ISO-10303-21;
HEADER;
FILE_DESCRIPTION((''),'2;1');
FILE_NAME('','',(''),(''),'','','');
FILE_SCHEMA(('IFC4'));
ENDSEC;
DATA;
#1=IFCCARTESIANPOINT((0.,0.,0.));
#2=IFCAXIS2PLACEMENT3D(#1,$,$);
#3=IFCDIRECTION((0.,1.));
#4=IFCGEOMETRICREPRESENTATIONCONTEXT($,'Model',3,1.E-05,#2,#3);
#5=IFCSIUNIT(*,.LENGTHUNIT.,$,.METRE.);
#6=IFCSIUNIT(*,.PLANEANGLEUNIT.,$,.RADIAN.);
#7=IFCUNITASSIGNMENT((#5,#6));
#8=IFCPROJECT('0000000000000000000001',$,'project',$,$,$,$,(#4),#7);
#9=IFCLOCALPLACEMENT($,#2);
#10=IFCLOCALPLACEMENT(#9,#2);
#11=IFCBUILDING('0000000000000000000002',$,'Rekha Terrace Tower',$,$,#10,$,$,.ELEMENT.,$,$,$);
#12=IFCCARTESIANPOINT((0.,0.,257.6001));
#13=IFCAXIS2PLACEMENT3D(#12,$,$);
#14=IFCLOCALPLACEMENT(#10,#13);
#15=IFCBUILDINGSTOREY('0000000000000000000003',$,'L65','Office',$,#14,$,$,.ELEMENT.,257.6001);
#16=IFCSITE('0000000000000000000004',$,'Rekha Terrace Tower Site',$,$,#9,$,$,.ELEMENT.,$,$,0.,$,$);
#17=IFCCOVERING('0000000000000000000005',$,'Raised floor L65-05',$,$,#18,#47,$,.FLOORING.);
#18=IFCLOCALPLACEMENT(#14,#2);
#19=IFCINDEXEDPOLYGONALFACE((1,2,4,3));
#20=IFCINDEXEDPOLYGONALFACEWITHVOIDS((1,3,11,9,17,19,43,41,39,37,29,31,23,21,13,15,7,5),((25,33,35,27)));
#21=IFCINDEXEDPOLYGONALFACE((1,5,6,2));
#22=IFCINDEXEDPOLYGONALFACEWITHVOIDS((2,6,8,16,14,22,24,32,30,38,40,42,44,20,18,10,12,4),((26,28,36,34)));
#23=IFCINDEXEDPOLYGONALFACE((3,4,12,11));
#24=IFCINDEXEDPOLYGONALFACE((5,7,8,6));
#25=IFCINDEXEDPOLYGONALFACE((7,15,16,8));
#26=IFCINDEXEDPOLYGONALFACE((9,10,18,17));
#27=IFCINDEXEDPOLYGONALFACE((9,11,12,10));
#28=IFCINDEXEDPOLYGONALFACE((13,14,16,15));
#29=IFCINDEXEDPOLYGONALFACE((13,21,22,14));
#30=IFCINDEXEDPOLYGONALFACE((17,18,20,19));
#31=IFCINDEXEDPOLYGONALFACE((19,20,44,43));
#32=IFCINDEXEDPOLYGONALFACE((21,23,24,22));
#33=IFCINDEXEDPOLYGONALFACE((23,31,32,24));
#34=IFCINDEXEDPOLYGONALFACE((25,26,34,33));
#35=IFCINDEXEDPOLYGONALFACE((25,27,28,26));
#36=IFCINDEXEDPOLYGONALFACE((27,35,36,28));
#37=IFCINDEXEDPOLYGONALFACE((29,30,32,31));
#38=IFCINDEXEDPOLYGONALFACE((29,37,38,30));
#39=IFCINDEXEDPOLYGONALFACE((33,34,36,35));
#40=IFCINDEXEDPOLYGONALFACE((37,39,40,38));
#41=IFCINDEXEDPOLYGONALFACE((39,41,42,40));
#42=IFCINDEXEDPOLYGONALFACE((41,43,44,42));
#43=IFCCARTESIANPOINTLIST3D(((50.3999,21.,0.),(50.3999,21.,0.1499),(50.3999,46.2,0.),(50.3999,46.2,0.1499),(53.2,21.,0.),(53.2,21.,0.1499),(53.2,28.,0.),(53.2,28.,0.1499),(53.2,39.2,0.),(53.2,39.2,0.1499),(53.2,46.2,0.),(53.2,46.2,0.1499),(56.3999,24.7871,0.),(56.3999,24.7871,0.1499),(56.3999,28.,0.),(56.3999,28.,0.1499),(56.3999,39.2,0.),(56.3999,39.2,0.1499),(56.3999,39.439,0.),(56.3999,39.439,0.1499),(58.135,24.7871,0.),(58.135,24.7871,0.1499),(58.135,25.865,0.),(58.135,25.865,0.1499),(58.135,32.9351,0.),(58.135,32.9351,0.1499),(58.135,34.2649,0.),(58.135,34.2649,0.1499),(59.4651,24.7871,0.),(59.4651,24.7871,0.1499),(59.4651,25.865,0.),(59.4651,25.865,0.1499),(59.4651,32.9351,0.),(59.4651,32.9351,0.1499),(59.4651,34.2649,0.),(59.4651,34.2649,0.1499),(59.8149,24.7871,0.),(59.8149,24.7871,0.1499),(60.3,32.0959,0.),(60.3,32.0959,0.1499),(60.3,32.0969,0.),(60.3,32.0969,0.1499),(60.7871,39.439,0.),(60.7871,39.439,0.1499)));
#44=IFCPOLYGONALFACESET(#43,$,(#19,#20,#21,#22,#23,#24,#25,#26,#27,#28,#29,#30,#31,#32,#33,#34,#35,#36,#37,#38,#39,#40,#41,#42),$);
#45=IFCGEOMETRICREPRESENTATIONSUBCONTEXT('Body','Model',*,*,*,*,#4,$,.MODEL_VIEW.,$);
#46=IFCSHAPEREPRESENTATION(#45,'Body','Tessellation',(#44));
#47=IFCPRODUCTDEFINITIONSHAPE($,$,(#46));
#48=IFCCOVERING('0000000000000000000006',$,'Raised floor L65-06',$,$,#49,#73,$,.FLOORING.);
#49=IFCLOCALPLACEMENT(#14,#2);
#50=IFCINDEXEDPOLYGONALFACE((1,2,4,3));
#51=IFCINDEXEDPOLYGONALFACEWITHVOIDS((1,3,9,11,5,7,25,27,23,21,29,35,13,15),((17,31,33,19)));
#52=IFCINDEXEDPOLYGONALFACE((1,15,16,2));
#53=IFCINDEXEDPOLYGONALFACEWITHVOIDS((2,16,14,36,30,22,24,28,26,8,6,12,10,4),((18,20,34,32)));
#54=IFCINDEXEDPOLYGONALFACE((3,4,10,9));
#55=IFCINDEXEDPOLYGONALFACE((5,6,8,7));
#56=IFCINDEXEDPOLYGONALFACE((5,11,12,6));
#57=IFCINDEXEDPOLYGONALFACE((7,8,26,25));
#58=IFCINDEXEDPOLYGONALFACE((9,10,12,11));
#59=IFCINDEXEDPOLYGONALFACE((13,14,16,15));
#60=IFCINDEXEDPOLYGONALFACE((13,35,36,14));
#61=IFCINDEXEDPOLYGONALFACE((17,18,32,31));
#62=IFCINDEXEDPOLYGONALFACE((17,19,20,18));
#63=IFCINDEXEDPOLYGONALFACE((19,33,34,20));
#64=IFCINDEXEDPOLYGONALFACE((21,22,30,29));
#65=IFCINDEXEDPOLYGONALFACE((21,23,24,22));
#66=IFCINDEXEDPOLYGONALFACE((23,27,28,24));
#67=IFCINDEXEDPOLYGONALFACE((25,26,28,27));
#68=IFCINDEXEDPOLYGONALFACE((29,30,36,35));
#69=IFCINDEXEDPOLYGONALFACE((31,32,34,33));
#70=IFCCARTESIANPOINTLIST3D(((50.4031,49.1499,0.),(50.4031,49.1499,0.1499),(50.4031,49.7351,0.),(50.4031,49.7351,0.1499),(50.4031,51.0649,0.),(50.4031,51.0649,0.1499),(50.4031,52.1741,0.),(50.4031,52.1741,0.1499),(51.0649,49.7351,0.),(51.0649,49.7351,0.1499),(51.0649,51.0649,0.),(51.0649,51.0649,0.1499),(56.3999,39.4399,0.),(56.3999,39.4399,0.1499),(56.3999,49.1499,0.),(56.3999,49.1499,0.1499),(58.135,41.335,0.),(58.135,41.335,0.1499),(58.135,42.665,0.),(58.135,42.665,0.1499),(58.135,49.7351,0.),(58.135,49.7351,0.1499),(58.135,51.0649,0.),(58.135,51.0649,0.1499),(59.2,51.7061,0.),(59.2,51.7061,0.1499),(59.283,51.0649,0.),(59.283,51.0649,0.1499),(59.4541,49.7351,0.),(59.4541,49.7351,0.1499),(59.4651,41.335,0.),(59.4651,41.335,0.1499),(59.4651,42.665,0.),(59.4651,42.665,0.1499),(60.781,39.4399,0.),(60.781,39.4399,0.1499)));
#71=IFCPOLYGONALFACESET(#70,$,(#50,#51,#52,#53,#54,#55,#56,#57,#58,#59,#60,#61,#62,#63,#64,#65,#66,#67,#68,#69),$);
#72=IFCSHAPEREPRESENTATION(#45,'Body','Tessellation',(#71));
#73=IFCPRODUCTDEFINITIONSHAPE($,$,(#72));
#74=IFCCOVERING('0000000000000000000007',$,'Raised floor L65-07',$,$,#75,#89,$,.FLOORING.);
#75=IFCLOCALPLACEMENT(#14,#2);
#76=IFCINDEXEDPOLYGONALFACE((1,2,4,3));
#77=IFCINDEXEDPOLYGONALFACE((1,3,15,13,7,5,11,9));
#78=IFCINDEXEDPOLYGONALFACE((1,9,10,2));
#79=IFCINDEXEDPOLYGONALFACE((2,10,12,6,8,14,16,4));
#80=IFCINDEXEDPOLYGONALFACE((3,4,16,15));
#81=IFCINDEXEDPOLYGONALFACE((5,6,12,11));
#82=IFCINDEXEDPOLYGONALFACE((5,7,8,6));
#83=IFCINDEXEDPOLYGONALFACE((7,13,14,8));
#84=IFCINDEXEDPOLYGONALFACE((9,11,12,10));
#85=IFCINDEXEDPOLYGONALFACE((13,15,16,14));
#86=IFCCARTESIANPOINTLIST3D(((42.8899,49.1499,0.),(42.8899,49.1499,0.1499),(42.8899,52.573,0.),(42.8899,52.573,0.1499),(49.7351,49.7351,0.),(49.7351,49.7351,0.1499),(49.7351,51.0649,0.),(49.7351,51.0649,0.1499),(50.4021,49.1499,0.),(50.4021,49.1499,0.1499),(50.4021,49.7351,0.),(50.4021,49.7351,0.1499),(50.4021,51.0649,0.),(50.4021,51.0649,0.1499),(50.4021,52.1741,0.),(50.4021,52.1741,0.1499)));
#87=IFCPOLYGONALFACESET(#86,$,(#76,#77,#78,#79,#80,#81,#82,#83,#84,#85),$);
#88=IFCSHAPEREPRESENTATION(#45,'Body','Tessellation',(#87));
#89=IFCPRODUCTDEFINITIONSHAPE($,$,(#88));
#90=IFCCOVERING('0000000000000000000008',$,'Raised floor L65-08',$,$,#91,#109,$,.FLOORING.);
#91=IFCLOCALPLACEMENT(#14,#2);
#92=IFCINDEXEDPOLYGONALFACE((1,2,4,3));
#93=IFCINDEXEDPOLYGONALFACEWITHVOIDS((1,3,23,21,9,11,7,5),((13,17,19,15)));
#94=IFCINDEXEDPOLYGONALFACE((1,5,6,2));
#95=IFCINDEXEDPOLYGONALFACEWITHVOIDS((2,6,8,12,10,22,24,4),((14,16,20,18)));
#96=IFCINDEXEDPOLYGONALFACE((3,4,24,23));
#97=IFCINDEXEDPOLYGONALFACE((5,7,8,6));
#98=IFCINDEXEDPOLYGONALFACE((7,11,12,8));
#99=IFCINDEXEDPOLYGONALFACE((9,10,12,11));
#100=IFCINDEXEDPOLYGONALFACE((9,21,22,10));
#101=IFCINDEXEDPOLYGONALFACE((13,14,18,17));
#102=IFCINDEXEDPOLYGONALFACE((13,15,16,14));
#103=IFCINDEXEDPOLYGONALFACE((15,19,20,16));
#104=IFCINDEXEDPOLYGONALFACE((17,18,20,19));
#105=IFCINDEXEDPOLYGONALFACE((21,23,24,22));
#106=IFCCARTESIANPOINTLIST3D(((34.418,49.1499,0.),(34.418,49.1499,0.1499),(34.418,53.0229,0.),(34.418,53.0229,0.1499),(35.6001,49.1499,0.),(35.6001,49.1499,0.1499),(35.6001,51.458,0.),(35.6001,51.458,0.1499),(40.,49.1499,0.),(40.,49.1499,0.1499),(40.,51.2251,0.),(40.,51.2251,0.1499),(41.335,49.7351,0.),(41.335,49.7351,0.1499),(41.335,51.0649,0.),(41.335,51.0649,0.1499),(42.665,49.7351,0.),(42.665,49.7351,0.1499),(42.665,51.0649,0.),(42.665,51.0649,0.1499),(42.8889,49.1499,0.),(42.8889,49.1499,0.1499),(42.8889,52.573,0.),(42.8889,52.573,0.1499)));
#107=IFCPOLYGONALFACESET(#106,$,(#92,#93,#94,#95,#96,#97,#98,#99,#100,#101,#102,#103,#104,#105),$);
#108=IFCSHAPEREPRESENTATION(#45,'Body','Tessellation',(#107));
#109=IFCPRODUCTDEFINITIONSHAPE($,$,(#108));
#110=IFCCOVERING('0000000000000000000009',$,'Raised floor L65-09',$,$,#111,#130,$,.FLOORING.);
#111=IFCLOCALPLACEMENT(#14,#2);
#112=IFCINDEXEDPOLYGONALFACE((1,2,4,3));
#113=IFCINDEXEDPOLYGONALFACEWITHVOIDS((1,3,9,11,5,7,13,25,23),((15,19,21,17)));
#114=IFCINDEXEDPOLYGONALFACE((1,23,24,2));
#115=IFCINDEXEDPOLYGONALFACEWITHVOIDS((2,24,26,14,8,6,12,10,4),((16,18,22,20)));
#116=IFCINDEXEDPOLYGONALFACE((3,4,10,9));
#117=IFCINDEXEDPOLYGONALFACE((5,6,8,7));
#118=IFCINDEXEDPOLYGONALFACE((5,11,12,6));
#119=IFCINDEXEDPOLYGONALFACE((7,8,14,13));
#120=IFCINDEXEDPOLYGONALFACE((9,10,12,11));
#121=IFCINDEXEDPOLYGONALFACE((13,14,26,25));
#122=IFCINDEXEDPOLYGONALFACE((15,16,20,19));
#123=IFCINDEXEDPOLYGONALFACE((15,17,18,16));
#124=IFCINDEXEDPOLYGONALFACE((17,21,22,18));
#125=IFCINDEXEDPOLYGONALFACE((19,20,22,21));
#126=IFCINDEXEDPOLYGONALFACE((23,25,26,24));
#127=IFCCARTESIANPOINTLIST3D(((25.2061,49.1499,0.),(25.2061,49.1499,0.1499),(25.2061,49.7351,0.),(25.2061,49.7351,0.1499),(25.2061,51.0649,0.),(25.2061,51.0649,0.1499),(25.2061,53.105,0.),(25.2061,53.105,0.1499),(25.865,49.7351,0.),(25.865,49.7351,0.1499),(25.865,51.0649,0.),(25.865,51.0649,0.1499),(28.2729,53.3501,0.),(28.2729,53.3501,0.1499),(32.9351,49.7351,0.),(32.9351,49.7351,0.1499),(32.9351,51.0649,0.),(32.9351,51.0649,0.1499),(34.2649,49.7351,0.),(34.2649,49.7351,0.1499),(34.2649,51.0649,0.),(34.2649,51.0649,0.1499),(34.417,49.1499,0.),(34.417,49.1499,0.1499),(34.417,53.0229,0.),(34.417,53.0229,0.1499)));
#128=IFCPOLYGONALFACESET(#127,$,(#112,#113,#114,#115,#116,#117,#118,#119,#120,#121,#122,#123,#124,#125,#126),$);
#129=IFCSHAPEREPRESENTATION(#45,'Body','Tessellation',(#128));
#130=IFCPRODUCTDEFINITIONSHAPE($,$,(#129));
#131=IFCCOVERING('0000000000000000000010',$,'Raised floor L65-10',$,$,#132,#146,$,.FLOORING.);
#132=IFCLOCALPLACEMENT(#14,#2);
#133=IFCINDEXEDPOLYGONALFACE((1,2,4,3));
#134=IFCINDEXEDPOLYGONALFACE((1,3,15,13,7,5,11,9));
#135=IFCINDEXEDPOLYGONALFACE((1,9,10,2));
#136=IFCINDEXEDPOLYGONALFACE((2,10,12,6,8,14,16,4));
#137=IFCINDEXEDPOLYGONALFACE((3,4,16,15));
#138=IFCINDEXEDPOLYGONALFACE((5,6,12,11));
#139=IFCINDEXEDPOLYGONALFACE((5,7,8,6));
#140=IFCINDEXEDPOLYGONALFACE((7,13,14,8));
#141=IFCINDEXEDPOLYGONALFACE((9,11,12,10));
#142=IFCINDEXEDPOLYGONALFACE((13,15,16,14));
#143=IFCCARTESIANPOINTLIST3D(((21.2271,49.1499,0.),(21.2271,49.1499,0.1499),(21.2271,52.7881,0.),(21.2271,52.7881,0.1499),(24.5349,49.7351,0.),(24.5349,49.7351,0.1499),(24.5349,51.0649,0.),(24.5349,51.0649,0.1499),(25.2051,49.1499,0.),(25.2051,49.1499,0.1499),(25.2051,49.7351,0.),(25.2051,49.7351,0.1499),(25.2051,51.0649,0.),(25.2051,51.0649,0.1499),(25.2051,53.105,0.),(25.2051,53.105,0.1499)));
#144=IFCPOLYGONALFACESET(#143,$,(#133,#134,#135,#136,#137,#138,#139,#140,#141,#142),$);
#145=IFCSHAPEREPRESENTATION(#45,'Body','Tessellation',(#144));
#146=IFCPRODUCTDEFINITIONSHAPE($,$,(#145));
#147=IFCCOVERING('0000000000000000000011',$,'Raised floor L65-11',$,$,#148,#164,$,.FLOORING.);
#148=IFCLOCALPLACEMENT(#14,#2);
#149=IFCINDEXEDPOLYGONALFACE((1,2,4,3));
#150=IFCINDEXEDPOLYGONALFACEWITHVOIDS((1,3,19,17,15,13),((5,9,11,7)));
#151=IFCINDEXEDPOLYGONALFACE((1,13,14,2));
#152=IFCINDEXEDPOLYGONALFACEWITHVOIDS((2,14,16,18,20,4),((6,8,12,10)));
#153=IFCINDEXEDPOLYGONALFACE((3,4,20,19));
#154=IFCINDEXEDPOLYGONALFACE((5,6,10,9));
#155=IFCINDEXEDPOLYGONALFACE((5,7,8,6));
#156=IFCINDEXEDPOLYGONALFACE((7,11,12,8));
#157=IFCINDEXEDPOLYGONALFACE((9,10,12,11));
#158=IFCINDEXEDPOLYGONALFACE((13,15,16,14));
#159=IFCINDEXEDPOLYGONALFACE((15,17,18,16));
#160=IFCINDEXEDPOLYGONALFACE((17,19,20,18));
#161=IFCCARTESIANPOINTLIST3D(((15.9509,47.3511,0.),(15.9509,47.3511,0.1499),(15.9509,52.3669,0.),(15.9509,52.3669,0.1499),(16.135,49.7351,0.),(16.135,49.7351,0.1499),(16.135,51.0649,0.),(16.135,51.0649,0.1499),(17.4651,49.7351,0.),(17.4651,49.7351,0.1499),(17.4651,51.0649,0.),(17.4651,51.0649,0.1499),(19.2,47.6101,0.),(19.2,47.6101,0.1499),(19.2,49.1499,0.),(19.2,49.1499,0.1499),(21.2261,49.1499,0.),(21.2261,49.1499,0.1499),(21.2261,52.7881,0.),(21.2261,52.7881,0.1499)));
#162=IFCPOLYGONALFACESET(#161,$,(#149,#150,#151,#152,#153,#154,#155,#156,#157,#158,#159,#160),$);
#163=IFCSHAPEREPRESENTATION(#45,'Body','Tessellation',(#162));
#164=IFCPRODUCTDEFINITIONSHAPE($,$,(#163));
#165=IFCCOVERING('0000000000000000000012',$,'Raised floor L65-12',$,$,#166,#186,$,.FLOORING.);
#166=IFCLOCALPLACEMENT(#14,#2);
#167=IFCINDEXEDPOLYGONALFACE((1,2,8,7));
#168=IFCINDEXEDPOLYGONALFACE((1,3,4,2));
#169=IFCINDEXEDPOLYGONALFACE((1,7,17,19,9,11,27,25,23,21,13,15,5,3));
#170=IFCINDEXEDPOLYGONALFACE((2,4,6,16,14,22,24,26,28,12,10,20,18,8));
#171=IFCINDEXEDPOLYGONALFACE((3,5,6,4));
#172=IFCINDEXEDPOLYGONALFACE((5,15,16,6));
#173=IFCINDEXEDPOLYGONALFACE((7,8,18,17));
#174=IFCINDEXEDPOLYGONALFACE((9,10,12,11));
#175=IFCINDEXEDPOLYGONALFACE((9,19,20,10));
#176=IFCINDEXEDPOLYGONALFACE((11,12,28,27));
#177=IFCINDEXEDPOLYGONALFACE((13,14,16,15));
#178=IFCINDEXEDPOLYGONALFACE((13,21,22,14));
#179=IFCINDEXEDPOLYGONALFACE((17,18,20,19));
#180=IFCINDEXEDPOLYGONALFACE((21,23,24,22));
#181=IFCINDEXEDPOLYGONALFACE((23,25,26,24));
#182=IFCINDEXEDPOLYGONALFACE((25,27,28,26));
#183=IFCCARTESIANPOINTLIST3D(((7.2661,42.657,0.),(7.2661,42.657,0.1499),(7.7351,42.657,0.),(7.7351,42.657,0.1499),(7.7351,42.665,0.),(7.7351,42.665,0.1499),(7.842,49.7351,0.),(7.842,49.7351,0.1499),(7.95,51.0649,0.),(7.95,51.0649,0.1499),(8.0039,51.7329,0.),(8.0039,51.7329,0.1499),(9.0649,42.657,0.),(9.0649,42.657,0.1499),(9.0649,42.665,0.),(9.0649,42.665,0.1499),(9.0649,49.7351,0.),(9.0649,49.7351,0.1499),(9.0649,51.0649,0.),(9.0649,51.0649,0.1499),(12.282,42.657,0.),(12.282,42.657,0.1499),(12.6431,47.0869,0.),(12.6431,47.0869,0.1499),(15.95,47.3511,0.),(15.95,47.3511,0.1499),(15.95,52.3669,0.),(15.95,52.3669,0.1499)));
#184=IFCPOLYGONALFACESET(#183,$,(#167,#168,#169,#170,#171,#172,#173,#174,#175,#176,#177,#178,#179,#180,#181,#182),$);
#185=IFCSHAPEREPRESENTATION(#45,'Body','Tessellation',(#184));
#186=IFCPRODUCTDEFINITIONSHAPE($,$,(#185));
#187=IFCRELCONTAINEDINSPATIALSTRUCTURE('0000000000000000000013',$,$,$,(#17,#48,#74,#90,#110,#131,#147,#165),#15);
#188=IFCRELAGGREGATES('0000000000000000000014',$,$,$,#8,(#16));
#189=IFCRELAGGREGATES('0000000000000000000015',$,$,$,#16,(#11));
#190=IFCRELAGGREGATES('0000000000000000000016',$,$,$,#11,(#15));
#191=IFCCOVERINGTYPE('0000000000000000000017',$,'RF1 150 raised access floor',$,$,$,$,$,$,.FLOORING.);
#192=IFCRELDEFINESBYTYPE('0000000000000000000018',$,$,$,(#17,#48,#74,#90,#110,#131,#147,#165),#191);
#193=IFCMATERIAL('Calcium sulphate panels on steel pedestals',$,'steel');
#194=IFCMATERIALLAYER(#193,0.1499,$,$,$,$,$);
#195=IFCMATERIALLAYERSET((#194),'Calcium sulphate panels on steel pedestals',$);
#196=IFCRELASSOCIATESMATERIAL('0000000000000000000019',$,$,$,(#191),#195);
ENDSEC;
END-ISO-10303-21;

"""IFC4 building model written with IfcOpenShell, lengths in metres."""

from ifc_helpers import new_model, si_unit, direction, frame, origin, place, context, subcontext, project, spatial, polyline, outline, extrude, material, layer, layer_set, type_object, element, save


model = new_model("IFC4")

# Units and contexts
model_context = context("Model", 3, precision=1e-05, world=origin(), true_north=direction((0.0, 1.0)))
body_context = subcontext(model_context, "Body", "Model", "MODEL_VIEW")
ifc_project = project(units=[si_unit("LENGTHUNIT", "METRE"), si_unit("PLANEANGLEUNIT", "RADIAN")], contexts=[model_context])

# Site, building, storey
site_placement = place(None, origin())
site = spatial("IfcSite", under=ifc_project, at=site_placement, Name="Rekha Terrace Tower Site", CompositionType="ELEMENT", RefElevation=0.0)
building_placement = place(site_placement, origin())
building = spatial("IfcBuilding", under=site, at=building_placement, Name="Rekha Terrace Tower", CompositionType="ELEMENT")
storey_placement = place(building_placement, frame((0.0, 0.0, 257.6001)))
storey = spatial("IfcBuildingStorey", under=building, at=storey_placement, Name="L65", Description="Office", CompositionType="ELEMENT", Elevation=257.6001)

# Coverings
ifc_material_1 = material(Name="Calcium sulphate panels on steel pedestals", Category="steel")
ifc_layer_1 = layer(ifc_material_1, 0.1499)
ifc_layer_set_1 = layer_set([ifc_layer_1], Name="Calcium sulphate panels on steel pedestals")
covering_type_1 = type_object("IfcCoveringType", Name="RF1 150 raised access floor", PredefinedType="FLOORING", material=ifc_layer_set_1)
covering_1_placement = place(storey_placement, origin())
element("IfcCovering", 1, at=covering_1_placement, inside=storey, type_object=covering_type_1, Name="Raised floor L65-05", PredefinedType="FLOORING", context=body_context, shape_type="SweptSolid", body=[
    extrude(outline(polyline([(59.4651, 25.865), (59.4651, 24.7871), (59.8149, 24.7871), (60.3, 32.0959), (60.3, 32.0969), (60.7871, 39.439), (56.3999, 39.439), (56.3999, 39.2), (53.2, 39.2), (53.2, 46.2), (50.3999, 46.2), (50.3999, 21.0), (53.2, 21.0), (53.2, 28.0), (56.3999, 28.0), (56.3999, 24.7871), (58.135, 24.7871), (58.135, 25.865), (59.4651, 25.865)]), holes=[polyline([(59.4651, 34.2649), (59.4651, 32.9351), (58.135, 32.9351), (58.135, 34.2649), (59.4651, 34.2649)])]), origin(), (0.0, 0.0, 1.0), 0.1499),
])
covering_2_placement = place(storey_placement, origin())
element("IfcCovering", 2, at=covering_2_placement, inside=storey, type_object=covering_type_1, Name="Raised floor L65-06", PredefinedType="FLOORING", context=body_context, shape_type="SweptSolid", body=[
    extrude(outline(polyline([(51.0649, 49.7351), (50.4031, 49.7351), (50.4031, 49.1499), (56.3999, 49.1499), (56.3999, 39.4399), (60.781, 39.4399), (59.4541, 49.7351), (58.135, 49.7351), (58.135, 51.0649), (59.283, 51.0649), (59.2, 51.7061), (50.4031, 52.1741), (50.4031, 51.0649), (51.0649, 51.0649), (51.0649, 49.7351)]), holes=[polyline([(59.4651, 41.335), (58.135, 41.335), (58.135, 42.665), (59.4651, 42.665), (59.4651, 41.335)])]), origin(), (0.0, 0.0, 1.0), 0.1499),
])
covering_3_placement = place(storey_placement, origin())
element("IfcCovering", 3, at=covering_3_placement, inside=storey, type_object=covering_type_1, Name="Raised floor L65-07", PredefinedType="FLOORING", context=body_context, shape_type="SweptSolid", body=[
    extrude(outline(polyline([(50.4021, 51.0649), (50.4021, 52.1741), (42.8899, 52.573), (42.8899, 49.1499), (50.4021, 49.1499), (50.4021, 49.7351), (49.7351, 49.7351), (49.7351, 51.0649), (50.4021, 51.0649)])), origin(), (0.0, 0.0, 1.0), 0.1499),
])
covering_4_placement = place(storey_placement, origin())
element("IfcCovering", 4, at=covering_4_placement, inside=storey, type_object=covering_type_1, Name="Raised floor L65-08", PredefinedType="FLOORING", context=body_context, shape_type="SweptSolid", body=[
    extrude(outline(polyline([(35.6001, 49.1499), (35.6001, 51.458), (40.0, 51.2251), (40.0, 49.1499), (42.8889, 49.1499), (42.8889, 52.573), (34.418, 53.0229), (34.418, 49.1499), (35.6001, 49.1499)]), holes=[polyline([(42.665, 49.7351), (41.335, 49.7351), (41.335, 51.0649), (42.665, 51.0649), (42.665, 49.7351)])]), origin(), (0.0, 0.0, 1.0), 0.1499),
])
covering_5_placement = place(storey_placement, origin())
element("IfcCovering", 5, at=covering_5_placement, inside=storey, type_object=covering_type_1, Name="Raised floor L65-09", PredefinedType="FLOORING", context=body_context, shape_type="SweptSolid", body=[
    extrude(outline(polyline([(34.417, 53.0229), (28.2729, 53.3501), (25.2061, 53.105), (25.2061, 51.0649), (25.865, 51.0649), (25.865, 49.7351), (25.2061, 49.7351), (25.2061, 49.1499), (34.417, 49.1499), (34.417, 53.0229)]), holes=[polyline([(34.2649, 49.7351), (32.9351, 49.7351), (32.9351, 51.0649), (34.2649, 51.0649), (34.2649, 49.7351)])]), origin(), (0.0, 0.0, 1.0), 0.1499),
])
covering_6_placement = place(storey_placement, origin())
element("IfcCovering", 6, at=covering_6_placement, inside=storey, type_object=covering_type_1, Name="Raised floor L65-10", PredefinedType="FLOORING", context=body_context, shape_type="SweptSolid", body=[
    extrude(outline(polyline([(25.2051, 51.0649), (25.2051, 53.105), (21.2271, 52.7881), (21.2271, 49.1499), (25.2051, 49.1499), (25.2051, 49.7351), (24.5349, 49.7351), (24.5349, 51.0649), (25.2051, 51.0649)])), origin(), (0.0, 0.0, 1.0), 0.1499),
])
covering_7_placement = place(storey_placement, origin())
element("IfcCovering", 7, at=covering_7_placement, inside=storey, type_object=covering_type_1, Name="Raised floor L65-11", PredefinedType="FLOORING", context=body_context, shape_type="SweptSolid", body=[
    extrude(outline(polyline([(15.9509, 52.3669), (15.9509, 47.3511), (19.2, 47.6101), (19.2, 49.1499), (21.2261, 49.1499), (21.2261, 52.7881), (15.9509, 52.3669)]), holes=[polyline([(17.4651, 49.7351), (16.135, 49.7351), (16.135, 51.0649), (17.4651, 51.0649), (17.4651, 49.7351)])]), origin(), (0.0, 0.0, 1.0), 0.1499),
])
covering_8_placement = place(storey_placement, origin())
element("IfcCovering", 8, at=covering_8_placement, inside=storey, type_object=covering_type_1, Name="Raised floor L65-12", PredefinedType="FLOORING", context=body_context, shape_type="SweptSolid", body=[
    extrude(outline(polyline([(7.2661, 42.657), (7.7351, 42.657), (7.7351, 42.665), (9.0649, 42.665), (9.0649, 42.657), (12.282, 42.657), (12.6431, 47.0869), (15.95, 47.3511), (15.95, 52.3669), (8.0039, 51.7329), (7.95, 51.0649), (9.0649, 51.0649), (9.0649, 49.7351), (7.842, 49.7351), (7.2661, 42.657)])), origin(), (0.0, 0.0, 1.0), 0.1499),
])

save(model, "model.ifc")
